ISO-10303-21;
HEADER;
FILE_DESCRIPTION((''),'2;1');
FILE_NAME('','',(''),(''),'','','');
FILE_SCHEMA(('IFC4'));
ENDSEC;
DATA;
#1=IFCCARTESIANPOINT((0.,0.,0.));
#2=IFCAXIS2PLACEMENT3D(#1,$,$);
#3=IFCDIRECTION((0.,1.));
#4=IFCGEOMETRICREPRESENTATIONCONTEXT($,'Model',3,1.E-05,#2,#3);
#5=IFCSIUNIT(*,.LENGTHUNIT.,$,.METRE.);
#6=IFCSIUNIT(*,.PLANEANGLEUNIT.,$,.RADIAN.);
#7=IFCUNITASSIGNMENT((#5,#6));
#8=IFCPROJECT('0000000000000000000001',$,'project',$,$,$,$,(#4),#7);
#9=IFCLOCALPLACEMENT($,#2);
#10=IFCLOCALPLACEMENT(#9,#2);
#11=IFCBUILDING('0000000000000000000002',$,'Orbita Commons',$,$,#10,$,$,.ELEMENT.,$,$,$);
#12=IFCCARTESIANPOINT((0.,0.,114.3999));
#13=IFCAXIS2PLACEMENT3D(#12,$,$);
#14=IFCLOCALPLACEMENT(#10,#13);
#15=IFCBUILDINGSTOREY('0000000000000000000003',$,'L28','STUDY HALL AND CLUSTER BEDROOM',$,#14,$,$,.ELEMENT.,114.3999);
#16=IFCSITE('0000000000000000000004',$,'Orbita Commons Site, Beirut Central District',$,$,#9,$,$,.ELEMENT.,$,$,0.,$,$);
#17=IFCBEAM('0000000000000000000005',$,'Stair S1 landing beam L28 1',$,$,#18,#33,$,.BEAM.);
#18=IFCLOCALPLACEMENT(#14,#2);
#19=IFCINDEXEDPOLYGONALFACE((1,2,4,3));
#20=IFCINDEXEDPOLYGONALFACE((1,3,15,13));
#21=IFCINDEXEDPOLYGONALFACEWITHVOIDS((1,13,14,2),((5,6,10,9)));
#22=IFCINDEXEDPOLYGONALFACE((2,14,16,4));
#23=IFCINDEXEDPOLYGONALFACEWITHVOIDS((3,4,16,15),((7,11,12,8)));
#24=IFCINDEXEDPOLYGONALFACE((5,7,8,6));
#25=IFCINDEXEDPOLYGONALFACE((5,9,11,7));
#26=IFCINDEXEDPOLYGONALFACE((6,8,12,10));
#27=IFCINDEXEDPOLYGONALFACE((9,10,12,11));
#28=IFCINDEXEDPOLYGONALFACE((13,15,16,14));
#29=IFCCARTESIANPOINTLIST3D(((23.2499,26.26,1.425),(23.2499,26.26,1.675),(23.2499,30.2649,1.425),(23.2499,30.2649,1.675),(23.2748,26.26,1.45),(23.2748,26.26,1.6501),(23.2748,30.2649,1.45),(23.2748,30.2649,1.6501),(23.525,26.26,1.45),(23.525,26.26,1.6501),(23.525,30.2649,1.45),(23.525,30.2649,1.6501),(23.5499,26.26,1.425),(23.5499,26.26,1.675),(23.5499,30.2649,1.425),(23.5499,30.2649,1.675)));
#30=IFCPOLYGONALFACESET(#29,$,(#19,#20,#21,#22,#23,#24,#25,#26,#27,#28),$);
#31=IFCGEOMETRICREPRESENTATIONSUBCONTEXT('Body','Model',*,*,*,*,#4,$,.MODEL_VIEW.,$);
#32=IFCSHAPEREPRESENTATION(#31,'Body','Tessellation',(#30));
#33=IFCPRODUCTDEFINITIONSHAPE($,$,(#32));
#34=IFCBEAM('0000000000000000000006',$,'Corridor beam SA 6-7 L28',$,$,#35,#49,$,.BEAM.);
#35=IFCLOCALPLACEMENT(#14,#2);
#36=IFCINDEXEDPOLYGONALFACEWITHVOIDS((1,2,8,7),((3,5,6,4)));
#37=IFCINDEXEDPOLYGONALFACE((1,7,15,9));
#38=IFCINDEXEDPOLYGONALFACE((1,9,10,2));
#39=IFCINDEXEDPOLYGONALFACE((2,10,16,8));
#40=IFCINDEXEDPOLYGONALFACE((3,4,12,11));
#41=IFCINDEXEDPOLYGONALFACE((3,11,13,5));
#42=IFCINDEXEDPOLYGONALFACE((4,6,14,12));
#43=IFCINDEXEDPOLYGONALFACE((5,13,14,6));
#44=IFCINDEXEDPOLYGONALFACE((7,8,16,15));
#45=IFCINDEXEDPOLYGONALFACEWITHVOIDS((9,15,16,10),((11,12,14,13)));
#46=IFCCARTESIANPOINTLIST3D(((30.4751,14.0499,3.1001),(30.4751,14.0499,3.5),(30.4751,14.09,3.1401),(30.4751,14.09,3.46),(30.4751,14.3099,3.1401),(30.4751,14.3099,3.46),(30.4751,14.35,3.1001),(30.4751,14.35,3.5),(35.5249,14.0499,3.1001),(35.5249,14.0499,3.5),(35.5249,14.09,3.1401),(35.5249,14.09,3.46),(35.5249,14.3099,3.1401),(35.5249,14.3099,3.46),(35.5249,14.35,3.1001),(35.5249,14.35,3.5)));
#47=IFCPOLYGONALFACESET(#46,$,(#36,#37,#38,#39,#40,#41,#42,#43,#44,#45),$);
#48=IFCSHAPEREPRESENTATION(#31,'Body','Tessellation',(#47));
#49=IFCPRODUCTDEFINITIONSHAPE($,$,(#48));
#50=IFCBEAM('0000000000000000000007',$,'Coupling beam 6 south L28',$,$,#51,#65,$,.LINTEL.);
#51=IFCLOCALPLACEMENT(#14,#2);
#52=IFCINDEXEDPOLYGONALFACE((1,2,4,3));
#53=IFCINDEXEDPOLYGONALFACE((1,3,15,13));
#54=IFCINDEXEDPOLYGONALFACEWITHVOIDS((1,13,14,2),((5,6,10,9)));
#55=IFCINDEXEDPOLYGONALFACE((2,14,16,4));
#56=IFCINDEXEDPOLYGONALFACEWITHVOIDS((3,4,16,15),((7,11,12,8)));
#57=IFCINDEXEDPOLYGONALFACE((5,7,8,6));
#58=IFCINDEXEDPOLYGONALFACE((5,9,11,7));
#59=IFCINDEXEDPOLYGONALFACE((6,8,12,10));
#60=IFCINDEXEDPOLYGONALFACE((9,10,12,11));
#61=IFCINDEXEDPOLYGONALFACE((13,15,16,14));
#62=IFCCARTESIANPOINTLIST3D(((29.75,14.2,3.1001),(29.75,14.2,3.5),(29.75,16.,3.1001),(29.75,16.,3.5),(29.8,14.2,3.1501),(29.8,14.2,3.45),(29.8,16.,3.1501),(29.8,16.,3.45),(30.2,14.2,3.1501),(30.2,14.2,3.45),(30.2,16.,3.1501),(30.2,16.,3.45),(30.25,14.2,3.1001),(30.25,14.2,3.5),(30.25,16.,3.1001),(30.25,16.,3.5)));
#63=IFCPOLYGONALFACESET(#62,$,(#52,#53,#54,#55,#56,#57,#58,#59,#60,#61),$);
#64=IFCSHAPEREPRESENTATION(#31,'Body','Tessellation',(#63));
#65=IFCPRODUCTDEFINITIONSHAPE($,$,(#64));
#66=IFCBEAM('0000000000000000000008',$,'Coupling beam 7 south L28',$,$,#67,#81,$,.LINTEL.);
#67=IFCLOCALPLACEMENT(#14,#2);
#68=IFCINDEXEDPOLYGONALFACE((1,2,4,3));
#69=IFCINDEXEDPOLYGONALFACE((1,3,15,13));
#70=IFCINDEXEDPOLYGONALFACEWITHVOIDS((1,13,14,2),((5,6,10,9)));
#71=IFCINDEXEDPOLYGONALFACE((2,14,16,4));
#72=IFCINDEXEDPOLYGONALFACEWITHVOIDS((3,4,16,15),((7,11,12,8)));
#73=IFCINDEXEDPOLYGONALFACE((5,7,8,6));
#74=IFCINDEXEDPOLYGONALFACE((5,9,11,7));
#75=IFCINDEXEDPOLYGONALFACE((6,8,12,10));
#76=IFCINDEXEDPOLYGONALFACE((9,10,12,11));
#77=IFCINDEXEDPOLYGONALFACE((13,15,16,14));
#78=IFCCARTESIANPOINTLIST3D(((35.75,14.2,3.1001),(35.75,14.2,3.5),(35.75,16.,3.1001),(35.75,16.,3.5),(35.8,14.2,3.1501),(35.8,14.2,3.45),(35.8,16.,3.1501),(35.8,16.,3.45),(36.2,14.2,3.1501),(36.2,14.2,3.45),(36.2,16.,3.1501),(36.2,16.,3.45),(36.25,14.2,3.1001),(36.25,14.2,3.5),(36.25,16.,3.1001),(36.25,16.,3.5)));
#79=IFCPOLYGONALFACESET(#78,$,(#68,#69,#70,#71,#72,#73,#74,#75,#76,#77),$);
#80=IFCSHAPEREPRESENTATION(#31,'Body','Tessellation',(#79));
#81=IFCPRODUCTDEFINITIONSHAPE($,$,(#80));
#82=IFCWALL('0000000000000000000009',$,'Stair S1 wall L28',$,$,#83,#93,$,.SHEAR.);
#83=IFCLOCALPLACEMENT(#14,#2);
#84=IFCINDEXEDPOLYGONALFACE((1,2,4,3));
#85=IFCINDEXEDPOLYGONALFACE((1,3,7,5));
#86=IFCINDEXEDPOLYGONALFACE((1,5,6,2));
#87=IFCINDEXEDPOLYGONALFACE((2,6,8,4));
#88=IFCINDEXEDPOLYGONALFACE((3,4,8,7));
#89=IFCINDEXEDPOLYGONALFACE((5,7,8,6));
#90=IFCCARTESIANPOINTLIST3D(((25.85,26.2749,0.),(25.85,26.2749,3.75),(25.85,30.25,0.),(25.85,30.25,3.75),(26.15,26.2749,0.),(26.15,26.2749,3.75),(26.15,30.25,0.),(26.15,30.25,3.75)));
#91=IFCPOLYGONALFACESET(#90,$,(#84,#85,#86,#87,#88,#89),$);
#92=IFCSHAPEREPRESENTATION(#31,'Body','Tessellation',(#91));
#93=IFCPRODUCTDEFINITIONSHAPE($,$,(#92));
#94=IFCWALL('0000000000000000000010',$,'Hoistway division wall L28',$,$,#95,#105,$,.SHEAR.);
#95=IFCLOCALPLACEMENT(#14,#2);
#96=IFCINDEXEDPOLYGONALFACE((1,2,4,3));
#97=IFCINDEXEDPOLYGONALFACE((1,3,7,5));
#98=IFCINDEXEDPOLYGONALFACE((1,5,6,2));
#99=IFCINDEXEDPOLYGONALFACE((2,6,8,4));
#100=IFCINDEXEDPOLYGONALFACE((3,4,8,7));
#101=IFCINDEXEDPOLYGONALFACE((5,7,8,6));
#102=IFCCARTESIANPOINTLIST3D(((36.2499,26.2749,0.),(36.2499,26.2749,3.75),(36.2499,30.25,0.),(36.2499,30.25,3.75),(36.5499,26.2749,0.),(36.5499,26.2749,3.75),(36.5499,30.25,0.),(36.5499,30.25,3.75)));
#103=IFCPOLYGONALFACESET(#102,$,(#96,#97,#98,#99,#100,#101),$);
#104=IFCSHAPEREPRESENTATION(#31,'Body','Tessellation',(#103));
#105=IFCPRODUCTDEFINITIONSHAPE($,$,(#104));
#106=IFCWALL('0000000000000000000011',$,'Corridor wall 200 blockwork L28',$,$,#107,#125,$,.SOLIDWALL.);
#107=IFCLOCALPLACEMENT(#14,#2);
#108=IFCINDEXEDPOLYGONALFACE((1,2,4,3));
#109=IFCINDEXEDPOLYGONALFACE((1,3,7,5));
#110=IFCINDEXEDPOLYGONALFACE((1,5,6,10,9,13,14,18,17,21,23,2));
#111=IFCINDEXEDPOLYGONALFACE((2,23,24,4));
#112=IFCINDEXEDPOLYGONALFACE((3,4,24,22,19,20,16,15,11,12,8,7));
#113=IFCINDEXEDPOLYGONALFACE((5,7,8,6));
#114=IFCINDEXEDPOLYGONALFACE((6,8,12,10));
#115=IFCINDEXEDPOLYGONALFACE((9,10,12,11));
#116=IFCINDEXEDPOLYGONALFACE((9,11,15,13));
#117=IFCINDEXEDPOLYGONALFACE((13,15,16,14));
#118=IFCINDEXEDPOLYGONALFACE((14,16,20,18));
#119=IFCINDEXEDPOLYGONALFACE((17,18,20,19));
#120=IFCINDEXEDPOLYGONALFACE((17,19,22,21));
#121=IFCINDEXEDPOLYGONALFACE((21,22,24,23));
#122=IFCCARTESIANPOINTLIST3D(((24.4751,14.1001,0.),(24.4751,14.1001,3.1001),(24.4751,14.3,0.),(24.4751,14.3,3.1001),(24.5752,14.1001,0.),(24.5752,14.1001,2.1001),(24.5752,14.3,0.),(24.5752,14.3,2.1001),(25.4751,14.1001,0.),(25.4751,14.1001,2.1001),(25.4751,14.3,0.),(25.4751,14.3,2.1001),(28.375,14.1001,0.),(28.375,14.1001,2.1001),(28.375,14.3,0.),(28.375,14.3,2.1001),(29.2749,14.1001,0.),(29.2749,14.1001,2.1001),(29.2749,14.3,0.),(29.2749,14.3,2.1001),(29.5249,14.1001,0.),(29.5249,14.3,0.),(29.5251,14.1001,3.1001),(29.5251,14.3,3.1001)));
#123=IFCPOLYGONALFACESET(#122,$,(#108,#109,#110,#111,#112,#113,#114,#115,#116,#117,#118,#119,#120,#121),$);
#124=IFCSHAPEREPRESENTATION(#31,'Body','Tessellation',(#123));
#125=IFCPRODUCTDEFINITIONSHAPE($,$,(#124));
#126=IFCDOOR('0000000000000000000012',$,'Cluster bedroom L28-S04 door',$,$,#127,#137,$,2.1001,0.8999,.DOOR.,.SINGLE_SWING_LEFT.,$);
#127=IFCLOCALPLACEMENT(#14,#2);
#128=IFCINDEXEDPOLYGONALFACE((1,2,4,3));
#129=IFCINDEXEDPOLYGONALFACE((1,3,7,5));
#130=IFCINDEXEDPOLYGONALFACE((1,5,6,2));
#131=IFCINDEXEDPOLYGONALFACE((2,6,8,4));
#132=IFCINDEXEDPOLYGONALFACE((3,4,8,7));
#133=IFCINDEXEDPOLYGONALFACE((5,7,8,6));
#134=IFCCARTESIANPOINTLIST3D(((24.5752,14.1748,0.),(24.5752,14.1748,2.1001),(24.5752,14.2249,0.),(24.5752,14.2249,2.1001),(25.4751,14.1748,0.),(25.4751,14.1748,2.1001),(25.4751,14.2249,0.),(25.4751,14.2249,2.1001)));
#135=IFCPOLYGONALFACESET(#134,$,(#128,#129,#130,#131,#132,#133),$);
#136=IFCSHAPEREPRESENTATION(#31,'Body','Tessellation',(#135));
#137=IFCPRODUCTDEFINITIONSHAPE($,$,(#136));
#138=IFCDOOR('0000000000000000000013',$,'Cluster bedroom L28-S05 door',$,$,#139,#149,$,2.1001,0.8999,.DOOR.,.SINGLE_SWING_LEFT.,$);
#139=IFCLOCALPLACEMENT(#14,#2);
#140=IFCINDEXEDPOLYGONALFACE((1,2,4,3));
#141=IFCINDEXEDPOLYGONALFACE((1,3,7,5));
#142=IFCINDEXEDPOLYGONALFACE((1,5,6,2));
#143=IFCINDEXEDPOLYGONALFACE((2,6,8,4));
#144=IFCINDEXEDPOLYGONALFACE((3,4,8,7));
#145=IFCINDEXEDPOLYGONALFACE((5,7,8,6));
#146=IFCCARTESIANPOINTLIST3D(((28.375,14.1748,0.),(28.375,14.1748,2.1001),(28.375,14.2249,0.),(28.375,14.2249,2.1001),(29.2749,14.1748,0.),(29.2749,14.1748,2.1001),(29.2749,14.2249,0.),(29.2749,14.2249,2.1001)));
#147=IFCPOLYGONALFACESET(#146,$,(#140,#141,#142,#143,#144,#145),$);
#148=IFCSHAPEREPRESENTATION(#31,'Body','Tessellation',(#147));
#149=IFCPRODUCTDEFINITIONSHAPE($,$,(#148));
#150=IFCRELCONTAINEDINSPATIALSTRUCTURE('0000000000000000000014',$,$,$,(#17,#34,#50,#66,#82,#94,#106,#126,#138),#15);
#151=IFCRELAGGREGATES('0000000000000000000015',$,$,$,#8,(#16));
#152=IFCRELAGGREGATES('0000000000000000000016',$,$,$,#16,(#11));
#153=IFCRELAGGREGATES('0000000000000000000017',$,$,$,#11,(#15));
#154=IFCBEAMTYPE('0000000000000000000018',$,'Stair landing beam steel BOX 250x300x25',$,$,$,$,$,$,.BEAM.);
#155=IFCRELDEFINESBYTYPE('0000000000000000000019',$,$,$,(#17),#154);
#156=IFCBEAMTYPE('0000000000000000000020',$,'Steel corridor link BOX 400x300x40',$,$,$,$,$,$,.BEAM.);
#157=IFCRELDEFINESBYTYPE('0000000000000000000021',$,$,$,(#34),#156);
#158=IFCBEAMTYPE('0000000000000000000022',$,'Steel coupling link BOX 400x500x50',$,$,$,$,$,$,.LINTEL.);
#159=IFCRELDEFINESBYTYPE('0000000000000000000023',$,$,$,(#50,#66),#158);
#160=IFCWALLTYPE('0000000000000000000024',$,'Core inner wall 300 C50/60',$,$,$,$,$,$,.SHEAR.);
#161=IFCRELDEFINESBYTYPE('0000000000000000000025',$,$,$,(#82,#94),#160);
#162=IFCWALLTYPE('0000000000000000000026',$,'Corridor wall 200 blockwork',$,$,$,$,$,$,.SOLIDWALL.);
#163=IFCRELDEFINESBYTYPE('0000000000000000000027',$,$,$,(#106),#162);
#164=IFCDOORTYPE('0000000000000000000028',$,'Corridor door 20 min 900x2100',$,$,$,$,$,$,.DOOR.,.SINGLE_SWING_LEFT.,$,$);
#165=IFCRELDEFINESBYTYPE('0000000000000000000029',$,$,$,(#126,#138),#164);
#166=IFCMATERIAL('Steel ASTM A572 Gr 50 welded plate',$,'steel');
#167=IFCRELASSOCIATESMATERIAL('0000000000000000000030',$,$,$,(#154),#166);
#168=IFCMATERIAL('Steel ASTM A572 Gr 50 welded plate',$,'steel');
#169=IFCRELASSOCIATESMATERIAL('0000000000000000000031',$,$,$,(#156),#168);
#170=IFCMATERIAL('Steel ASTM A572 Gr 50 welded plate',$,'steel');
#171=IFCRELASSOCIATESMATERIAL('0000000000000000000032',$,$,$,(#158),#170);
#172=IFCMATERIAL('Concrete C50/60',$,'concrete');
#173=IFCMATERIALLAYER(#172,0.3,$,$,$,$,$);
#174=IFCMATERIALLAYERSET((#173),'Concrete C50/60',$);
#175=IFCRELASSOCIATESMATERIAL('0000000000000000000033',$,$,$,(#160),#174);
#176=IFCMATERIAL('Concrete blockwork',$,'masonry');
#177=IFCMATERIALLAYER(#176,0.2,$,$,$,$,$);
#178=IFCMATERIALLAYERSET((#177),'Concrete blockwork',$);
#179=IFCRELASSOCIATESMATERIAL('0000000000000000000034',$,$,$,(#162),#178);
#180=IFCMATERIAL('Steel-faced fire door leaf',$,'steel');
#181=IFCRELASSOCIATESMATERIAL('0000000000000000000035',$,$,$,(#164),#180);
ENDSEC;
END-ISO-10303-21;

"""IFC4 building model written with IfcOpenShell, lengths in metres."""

from ifc_helpers import new_model, si_unit, direction, frame, frame_2d, origin, origin_2d, place, context, subcontext, project, spatial, polyline, rectangle, hollow_rectangle, outline, extrude, material, layer, layer_set, material_profile, profile_set, type_object, element, fill, save


model = new_model("IFC4")

# Units and contexts
model_context = context("Model", 3, precision=1e-05, world=origin(), true_north=direction((0.0, 1.0)))
body_context = subcontext(model_context, "Body", "Model", "MODEL_VIEW")
ifc_project = project(units=[si_unit("LENGTHUNIT", "METRE"), si_unit("PLANEANGLEUNIT", "RADIAN")], contexts=[model_context])

# Site, building, storey
site_placement = place(None, origin())
site = spatial("IfcSite", under=ifc_project, at=site_placement, Name="Orbita Commons Site, Beirut Central District", CompositionType="ELEMENT", RefElevation=0.0)
building_placement = place(site_placement, origin())
building = spatial("IfcBuilding", under=site, at=building_placement, Name="Orbita Commons", CompositionType="ELEMENT")
storey_placement = place(building_placement, frame((0.0, 0.0, 114.3999)))
storey = spatial("IfcBuildingStorey", under=building, at=storey_placement, Name="L28", Description="STUDY HALL AND CLUSTER BEDROOM", CompositionType="ELEMENT", Elevation=114.3999)

# Beams
ifc_material_1 = material(Name="Steel ASTM A572 Gr 50 welded plate", Category="steel")
ifc_material_profile_1 = material_profile(ifc_material_1, hollow_rectangle(XDim=0.3, YDim=0.25, WallThickness=0.0249, at=origin_2d()), Name="BOX 250x300x25")
ifc_profile_set_1 = profile_set([ifc_material_profile_1], Name="Steel ASTM A572 Gr 50 welded plate")
beam_type_1 = type_object("IfcBeamType", Name="Stair landing beam steel BOX 250x300x25", PredefinedType="BEAM", material=ifc_profile_set_1)
beam_1_placement = place(storey_placement, frame((23.3999, 26.26, 1.55), z_axis=(0.0, 1.0, 0.0), x_axis=(-1.0, 0.0, 0.0)))
element("IfcBeam", 1, at=beam_1_placement, inside=storey, type_object=beam_type_1, Name="Stair S1 landing beam L28 1", PredefinedType="BEAM", context=body_context, shape_type="SweptSolid", body=[
    extrude(hollow_rectangle(XDim=0.3, YDim=0.25, WallThickness=0.0249, at=origin_2d()), origin(), (0.0, 0.0, 1.0), 4.0049),
])
ifc_material_2 = material(Name="Steel ASTM A572 Gr 50 welded plate", Category="steel")
ifc_material_profile_2 = material_profile(ifc_material_2, hollow_rectangle(XDim=0.3, YDim=0.3999, WallThickness=0.04, at=origin_2d()), Name="BOX 400x300x40")
ifc_profile_set_2 = profile_set([ifc_material_profile_2], Name="Steel ASTM A572 Gr 50 welded plate")
beam_type_2 = type_object("IfcBeamType", Name="Steel corridor link BOX 400x300x40", PredefinedType="BEAM", material=ifc_profile_set_2)
beam_2_placement = place(storey_placement, frame((30.4751, 14.2, 3.3), z_axis=(1.0, 0.0, 0.0), x_axis=(0.0, 1.0, 0.0)))
element("IfcBeam", 2, at=beam_2_placement, inside=storey, type_object=beam_type_2, Name="Corridor beam SA 6-7 L28", PredefinedType="BEAM", context=body_context, shape_type="SweptSolid", body=[
    extrude(hollow_rectangle(XDim=0.3, YDim=0.3999, WallThickness=0.04, at=origin_2d()), origin(), (0.0, 0.0, 1.0), 5.0498),
])
ifc_material_3 = material(Name="Steel ASTM A572 Gr 50 welded plate", Category="steel")
ifc_material_profile_3 = material_profile(ifc_material_3, hollow_rectangle(XDim=0.5, YDim=0.3999, WallThickness=0.05, at=origin_2d()), Name="BOX 400x500x50")
ifc_profile_set_3 = profile_set([ifc_material_profile_3], Name="Steel ASTM A572 Gr 50 welded plate")
beam_type_3 = type_object("IfcBeamType", Name="Steel coupling link BOX 400x500x50", PredefinedType="LINTEL", material=ifc_profile_set_3)
for number, where, z_axis, x_axis, name in (
    (3, (30.0, 14.2, 3.3), (0.0, 1.0, 0.0), (-1.0, 0.0, 0.0), "Coupling beam 6 south L28"),
    (4, (36.0, 14.2, 3.3), (0.0, 1.0, 0.0), (-1.0, 0.0, 0.0), "Coupling beam 7 south L28"),
):
    element("IfcBeam", number, at=place(storey_placement, frame(where, z_axis=z_axis, x_axis=x_axis)), inside=storey, type_object=beam_type_3, Name=name, PredefinedType="LINTEL", context=body_context, shape_type="SweptSolid", body=[
        extrude(hollow_rectangle(XDim=0.5, YDim=0.3999, WallThickness=0.05, at=origin_2d()), origin(), (0.0, 0.0, 1.0), 1.8),
    ])

# Walls
ifc_material_4 = material(Name="Concrete C50/60", Category="concrete")
ifc_layer_1 = layer(ifc_material_4, 0.3)
ifc_layer_set_1 = layer_set([ifc_layer_1], Name="Concrete C50/60")
wall_type_1 = type_object("IfcWallType", Name="Core inner wall 300 C50/60", PredefinedType="SHEAR", material=ifc_layer_set_1)
for number, where, z_axis, x_axis, name in (
    (5, (26.0, 26.2749, 0.0), (0.0, 0.0, 1.0), (0.0, 1.0, 0.0), "Stair S1 wall L28"),
    (6, (36.3999, 26.2749, 0.0), (0.0, 0.0, 1.0), (0.0, 1.0, 0.0), "Hoistway division wall L28"),
):
    element("IfcWall", number, at=place(storey_placement, frame(where, z_axis=z_axis, x_axis=x_axis)), inside=storey, type_object=wall_type_1, Name=name, PredefinedType="SHEAR", context=body_context, shape_type="SweptSolid", body=[
        extrude(rectangle(XDim=3.9751, YDim=0.3, at=frame_2d((1.9875, 0.0))), origin(), (0.0, 0.0, 1.0), 3.75),
    ])

# Wall, openings, doors
ifc_material_5 = material(Name="Concrete blockwork", Category="masonry")
ifc_layer_2 = layer(ifc_material_5, 0.2)
ifc_layer_set_2 = layer_set([ifc_layer_2], Name="Concrete blockwork")
wall_type_2 = type_object("IfcWallType", Name="Corridor wall 200 blockwork", PredefinedType="SOLIDWALL", material=ifc_layer_set_2)
wall_1_placement = place(storey_placement, frame((24.4751, 14.2, 0.0), z_axis=(0.0, 0.0, 1.0), x_axis=(1.0, 0.0, 0.0)))
wall_1 = element("IfcWall", 7, at=wall_1_placement, inside=storey, type_object=wall_type_2, Name="Corridor wall 200 blockwork L28", PredefinedType="SOLIDWALL", context=body_context, shape_type="SweptSolid", body=[
    extrude(outline(polyline([(0.0, 0.0), (5.0498, 0.0), (5.05, 3.1001), (0.0, 3.1001), (0.0, 0.0)])), frame((0.0, 0.1001, 0.0), z_axis=(0.0, -1.0, 0.0), x_axis=(1.0, 0.0, 0.0)), (0.0, 0.0, 1.0), 0.2),
])
opening_1_placement = place(wall_1_placement, frame((0.1001, 0.0, 0.0)))
opening_1 = element("IfcOpeningElement", 8, at=opening_1_placement, cuts=wall_1, PredefinedType="OPENING", context=body_context, shape_type="SweptSolid", body=[
    extrude(rectangle(XDim=0.8999, YDim=2.1001, at=frame_2d((0.45, 1.05))), frame((0.0, 0.1099, 0.0), z_axis=(0.0, -1.0, 0.0), x_axis=(1.0, 0.0, 0.0)), (0.0, 0.0, 1.0), 0.22),
])
opening_2_placement = place(wall_1_placement, frame((3.8999, 0.0, 0.0)))
opening_2 = element("IfcOpeningElement", 9, at=opening_2_placement, cuts=wall_1, PredefinedType="OPENING", context=body_context, shape_type="SweptSolid", body=[
    extrude(rectangle(XDim=0.8999, YDim=2.1001, at=frame_2d((0.45, 1.05))), frame((0.0, 0.1099, 0.0), z_axis=(0.0, -1.0, 0.0), x_axis=(1.0, 0.0, 0.0)), (0.0, 0.0, 1.0), 0.22),
])
ifc_material_6 = material(Name="Steel-faced fire door leaf", Category="steel")
door_type_1 = type_object("IfcDoorType", Name="Corridor door 20 min 900x2100", OperationType="SINGLE_SWING_LEFT", PredefinedType="DOOR", material=ifc_material_6)
door_1_placement = place(opening_1_placement, origin())
door_1 = element("IfcDoor", 10, at=door_1_placement, inside=storey, type_object=door_type_1, Name="Cluster bedroom L28-S04 door", OperationType="SINGLE_SWING_LEFT", OverallHeight=2.1001, OverallWidth=0.8999, PredefinedType="DOOR", context=body_context, shape_type="SweptSolid", body=[
    extrude(rectangle(XDim=0.8999, YDim=2.1001, at=frame_2d((0.45, 1.05))), frame((0.0, 0.0249, 0.0), z_axis=(0.0, -1.0, 0.0), x_axis=(1.0, 0.0, 0.0)), (0.0, 0.0, 1.0), 0.05),
])
fill(opening_1, door_1)
door_2_placement = place(opening_2_placement, origin())
door_2 = element("IfcDoor", 11, at=door_2_placement, inside=storey, type_object=door_type_1, Name="Cluster bedroom L28-S05 door", OperationType="SINGLE_SWING_LEFT", OverallHeight=2.1001, OverallWidth=0.8999, PredefinedType="DOOR", context=body_context, shape_type="SweptSolid", body=[
    extrude(rectangle(XDim=0.8999, YDim=2.1001, at=frame_2d((0.45, 1.05))), frame((0.0, 0.0249, 0.0), z_axis=(0.0, -1.0, 0.0), x_axis=(1.0, 0.0, 0.0)), (0.0, 0.0, 1.0), 0.05),
])
fill(opening_2, door_2)

save(model, "model.ifc")
